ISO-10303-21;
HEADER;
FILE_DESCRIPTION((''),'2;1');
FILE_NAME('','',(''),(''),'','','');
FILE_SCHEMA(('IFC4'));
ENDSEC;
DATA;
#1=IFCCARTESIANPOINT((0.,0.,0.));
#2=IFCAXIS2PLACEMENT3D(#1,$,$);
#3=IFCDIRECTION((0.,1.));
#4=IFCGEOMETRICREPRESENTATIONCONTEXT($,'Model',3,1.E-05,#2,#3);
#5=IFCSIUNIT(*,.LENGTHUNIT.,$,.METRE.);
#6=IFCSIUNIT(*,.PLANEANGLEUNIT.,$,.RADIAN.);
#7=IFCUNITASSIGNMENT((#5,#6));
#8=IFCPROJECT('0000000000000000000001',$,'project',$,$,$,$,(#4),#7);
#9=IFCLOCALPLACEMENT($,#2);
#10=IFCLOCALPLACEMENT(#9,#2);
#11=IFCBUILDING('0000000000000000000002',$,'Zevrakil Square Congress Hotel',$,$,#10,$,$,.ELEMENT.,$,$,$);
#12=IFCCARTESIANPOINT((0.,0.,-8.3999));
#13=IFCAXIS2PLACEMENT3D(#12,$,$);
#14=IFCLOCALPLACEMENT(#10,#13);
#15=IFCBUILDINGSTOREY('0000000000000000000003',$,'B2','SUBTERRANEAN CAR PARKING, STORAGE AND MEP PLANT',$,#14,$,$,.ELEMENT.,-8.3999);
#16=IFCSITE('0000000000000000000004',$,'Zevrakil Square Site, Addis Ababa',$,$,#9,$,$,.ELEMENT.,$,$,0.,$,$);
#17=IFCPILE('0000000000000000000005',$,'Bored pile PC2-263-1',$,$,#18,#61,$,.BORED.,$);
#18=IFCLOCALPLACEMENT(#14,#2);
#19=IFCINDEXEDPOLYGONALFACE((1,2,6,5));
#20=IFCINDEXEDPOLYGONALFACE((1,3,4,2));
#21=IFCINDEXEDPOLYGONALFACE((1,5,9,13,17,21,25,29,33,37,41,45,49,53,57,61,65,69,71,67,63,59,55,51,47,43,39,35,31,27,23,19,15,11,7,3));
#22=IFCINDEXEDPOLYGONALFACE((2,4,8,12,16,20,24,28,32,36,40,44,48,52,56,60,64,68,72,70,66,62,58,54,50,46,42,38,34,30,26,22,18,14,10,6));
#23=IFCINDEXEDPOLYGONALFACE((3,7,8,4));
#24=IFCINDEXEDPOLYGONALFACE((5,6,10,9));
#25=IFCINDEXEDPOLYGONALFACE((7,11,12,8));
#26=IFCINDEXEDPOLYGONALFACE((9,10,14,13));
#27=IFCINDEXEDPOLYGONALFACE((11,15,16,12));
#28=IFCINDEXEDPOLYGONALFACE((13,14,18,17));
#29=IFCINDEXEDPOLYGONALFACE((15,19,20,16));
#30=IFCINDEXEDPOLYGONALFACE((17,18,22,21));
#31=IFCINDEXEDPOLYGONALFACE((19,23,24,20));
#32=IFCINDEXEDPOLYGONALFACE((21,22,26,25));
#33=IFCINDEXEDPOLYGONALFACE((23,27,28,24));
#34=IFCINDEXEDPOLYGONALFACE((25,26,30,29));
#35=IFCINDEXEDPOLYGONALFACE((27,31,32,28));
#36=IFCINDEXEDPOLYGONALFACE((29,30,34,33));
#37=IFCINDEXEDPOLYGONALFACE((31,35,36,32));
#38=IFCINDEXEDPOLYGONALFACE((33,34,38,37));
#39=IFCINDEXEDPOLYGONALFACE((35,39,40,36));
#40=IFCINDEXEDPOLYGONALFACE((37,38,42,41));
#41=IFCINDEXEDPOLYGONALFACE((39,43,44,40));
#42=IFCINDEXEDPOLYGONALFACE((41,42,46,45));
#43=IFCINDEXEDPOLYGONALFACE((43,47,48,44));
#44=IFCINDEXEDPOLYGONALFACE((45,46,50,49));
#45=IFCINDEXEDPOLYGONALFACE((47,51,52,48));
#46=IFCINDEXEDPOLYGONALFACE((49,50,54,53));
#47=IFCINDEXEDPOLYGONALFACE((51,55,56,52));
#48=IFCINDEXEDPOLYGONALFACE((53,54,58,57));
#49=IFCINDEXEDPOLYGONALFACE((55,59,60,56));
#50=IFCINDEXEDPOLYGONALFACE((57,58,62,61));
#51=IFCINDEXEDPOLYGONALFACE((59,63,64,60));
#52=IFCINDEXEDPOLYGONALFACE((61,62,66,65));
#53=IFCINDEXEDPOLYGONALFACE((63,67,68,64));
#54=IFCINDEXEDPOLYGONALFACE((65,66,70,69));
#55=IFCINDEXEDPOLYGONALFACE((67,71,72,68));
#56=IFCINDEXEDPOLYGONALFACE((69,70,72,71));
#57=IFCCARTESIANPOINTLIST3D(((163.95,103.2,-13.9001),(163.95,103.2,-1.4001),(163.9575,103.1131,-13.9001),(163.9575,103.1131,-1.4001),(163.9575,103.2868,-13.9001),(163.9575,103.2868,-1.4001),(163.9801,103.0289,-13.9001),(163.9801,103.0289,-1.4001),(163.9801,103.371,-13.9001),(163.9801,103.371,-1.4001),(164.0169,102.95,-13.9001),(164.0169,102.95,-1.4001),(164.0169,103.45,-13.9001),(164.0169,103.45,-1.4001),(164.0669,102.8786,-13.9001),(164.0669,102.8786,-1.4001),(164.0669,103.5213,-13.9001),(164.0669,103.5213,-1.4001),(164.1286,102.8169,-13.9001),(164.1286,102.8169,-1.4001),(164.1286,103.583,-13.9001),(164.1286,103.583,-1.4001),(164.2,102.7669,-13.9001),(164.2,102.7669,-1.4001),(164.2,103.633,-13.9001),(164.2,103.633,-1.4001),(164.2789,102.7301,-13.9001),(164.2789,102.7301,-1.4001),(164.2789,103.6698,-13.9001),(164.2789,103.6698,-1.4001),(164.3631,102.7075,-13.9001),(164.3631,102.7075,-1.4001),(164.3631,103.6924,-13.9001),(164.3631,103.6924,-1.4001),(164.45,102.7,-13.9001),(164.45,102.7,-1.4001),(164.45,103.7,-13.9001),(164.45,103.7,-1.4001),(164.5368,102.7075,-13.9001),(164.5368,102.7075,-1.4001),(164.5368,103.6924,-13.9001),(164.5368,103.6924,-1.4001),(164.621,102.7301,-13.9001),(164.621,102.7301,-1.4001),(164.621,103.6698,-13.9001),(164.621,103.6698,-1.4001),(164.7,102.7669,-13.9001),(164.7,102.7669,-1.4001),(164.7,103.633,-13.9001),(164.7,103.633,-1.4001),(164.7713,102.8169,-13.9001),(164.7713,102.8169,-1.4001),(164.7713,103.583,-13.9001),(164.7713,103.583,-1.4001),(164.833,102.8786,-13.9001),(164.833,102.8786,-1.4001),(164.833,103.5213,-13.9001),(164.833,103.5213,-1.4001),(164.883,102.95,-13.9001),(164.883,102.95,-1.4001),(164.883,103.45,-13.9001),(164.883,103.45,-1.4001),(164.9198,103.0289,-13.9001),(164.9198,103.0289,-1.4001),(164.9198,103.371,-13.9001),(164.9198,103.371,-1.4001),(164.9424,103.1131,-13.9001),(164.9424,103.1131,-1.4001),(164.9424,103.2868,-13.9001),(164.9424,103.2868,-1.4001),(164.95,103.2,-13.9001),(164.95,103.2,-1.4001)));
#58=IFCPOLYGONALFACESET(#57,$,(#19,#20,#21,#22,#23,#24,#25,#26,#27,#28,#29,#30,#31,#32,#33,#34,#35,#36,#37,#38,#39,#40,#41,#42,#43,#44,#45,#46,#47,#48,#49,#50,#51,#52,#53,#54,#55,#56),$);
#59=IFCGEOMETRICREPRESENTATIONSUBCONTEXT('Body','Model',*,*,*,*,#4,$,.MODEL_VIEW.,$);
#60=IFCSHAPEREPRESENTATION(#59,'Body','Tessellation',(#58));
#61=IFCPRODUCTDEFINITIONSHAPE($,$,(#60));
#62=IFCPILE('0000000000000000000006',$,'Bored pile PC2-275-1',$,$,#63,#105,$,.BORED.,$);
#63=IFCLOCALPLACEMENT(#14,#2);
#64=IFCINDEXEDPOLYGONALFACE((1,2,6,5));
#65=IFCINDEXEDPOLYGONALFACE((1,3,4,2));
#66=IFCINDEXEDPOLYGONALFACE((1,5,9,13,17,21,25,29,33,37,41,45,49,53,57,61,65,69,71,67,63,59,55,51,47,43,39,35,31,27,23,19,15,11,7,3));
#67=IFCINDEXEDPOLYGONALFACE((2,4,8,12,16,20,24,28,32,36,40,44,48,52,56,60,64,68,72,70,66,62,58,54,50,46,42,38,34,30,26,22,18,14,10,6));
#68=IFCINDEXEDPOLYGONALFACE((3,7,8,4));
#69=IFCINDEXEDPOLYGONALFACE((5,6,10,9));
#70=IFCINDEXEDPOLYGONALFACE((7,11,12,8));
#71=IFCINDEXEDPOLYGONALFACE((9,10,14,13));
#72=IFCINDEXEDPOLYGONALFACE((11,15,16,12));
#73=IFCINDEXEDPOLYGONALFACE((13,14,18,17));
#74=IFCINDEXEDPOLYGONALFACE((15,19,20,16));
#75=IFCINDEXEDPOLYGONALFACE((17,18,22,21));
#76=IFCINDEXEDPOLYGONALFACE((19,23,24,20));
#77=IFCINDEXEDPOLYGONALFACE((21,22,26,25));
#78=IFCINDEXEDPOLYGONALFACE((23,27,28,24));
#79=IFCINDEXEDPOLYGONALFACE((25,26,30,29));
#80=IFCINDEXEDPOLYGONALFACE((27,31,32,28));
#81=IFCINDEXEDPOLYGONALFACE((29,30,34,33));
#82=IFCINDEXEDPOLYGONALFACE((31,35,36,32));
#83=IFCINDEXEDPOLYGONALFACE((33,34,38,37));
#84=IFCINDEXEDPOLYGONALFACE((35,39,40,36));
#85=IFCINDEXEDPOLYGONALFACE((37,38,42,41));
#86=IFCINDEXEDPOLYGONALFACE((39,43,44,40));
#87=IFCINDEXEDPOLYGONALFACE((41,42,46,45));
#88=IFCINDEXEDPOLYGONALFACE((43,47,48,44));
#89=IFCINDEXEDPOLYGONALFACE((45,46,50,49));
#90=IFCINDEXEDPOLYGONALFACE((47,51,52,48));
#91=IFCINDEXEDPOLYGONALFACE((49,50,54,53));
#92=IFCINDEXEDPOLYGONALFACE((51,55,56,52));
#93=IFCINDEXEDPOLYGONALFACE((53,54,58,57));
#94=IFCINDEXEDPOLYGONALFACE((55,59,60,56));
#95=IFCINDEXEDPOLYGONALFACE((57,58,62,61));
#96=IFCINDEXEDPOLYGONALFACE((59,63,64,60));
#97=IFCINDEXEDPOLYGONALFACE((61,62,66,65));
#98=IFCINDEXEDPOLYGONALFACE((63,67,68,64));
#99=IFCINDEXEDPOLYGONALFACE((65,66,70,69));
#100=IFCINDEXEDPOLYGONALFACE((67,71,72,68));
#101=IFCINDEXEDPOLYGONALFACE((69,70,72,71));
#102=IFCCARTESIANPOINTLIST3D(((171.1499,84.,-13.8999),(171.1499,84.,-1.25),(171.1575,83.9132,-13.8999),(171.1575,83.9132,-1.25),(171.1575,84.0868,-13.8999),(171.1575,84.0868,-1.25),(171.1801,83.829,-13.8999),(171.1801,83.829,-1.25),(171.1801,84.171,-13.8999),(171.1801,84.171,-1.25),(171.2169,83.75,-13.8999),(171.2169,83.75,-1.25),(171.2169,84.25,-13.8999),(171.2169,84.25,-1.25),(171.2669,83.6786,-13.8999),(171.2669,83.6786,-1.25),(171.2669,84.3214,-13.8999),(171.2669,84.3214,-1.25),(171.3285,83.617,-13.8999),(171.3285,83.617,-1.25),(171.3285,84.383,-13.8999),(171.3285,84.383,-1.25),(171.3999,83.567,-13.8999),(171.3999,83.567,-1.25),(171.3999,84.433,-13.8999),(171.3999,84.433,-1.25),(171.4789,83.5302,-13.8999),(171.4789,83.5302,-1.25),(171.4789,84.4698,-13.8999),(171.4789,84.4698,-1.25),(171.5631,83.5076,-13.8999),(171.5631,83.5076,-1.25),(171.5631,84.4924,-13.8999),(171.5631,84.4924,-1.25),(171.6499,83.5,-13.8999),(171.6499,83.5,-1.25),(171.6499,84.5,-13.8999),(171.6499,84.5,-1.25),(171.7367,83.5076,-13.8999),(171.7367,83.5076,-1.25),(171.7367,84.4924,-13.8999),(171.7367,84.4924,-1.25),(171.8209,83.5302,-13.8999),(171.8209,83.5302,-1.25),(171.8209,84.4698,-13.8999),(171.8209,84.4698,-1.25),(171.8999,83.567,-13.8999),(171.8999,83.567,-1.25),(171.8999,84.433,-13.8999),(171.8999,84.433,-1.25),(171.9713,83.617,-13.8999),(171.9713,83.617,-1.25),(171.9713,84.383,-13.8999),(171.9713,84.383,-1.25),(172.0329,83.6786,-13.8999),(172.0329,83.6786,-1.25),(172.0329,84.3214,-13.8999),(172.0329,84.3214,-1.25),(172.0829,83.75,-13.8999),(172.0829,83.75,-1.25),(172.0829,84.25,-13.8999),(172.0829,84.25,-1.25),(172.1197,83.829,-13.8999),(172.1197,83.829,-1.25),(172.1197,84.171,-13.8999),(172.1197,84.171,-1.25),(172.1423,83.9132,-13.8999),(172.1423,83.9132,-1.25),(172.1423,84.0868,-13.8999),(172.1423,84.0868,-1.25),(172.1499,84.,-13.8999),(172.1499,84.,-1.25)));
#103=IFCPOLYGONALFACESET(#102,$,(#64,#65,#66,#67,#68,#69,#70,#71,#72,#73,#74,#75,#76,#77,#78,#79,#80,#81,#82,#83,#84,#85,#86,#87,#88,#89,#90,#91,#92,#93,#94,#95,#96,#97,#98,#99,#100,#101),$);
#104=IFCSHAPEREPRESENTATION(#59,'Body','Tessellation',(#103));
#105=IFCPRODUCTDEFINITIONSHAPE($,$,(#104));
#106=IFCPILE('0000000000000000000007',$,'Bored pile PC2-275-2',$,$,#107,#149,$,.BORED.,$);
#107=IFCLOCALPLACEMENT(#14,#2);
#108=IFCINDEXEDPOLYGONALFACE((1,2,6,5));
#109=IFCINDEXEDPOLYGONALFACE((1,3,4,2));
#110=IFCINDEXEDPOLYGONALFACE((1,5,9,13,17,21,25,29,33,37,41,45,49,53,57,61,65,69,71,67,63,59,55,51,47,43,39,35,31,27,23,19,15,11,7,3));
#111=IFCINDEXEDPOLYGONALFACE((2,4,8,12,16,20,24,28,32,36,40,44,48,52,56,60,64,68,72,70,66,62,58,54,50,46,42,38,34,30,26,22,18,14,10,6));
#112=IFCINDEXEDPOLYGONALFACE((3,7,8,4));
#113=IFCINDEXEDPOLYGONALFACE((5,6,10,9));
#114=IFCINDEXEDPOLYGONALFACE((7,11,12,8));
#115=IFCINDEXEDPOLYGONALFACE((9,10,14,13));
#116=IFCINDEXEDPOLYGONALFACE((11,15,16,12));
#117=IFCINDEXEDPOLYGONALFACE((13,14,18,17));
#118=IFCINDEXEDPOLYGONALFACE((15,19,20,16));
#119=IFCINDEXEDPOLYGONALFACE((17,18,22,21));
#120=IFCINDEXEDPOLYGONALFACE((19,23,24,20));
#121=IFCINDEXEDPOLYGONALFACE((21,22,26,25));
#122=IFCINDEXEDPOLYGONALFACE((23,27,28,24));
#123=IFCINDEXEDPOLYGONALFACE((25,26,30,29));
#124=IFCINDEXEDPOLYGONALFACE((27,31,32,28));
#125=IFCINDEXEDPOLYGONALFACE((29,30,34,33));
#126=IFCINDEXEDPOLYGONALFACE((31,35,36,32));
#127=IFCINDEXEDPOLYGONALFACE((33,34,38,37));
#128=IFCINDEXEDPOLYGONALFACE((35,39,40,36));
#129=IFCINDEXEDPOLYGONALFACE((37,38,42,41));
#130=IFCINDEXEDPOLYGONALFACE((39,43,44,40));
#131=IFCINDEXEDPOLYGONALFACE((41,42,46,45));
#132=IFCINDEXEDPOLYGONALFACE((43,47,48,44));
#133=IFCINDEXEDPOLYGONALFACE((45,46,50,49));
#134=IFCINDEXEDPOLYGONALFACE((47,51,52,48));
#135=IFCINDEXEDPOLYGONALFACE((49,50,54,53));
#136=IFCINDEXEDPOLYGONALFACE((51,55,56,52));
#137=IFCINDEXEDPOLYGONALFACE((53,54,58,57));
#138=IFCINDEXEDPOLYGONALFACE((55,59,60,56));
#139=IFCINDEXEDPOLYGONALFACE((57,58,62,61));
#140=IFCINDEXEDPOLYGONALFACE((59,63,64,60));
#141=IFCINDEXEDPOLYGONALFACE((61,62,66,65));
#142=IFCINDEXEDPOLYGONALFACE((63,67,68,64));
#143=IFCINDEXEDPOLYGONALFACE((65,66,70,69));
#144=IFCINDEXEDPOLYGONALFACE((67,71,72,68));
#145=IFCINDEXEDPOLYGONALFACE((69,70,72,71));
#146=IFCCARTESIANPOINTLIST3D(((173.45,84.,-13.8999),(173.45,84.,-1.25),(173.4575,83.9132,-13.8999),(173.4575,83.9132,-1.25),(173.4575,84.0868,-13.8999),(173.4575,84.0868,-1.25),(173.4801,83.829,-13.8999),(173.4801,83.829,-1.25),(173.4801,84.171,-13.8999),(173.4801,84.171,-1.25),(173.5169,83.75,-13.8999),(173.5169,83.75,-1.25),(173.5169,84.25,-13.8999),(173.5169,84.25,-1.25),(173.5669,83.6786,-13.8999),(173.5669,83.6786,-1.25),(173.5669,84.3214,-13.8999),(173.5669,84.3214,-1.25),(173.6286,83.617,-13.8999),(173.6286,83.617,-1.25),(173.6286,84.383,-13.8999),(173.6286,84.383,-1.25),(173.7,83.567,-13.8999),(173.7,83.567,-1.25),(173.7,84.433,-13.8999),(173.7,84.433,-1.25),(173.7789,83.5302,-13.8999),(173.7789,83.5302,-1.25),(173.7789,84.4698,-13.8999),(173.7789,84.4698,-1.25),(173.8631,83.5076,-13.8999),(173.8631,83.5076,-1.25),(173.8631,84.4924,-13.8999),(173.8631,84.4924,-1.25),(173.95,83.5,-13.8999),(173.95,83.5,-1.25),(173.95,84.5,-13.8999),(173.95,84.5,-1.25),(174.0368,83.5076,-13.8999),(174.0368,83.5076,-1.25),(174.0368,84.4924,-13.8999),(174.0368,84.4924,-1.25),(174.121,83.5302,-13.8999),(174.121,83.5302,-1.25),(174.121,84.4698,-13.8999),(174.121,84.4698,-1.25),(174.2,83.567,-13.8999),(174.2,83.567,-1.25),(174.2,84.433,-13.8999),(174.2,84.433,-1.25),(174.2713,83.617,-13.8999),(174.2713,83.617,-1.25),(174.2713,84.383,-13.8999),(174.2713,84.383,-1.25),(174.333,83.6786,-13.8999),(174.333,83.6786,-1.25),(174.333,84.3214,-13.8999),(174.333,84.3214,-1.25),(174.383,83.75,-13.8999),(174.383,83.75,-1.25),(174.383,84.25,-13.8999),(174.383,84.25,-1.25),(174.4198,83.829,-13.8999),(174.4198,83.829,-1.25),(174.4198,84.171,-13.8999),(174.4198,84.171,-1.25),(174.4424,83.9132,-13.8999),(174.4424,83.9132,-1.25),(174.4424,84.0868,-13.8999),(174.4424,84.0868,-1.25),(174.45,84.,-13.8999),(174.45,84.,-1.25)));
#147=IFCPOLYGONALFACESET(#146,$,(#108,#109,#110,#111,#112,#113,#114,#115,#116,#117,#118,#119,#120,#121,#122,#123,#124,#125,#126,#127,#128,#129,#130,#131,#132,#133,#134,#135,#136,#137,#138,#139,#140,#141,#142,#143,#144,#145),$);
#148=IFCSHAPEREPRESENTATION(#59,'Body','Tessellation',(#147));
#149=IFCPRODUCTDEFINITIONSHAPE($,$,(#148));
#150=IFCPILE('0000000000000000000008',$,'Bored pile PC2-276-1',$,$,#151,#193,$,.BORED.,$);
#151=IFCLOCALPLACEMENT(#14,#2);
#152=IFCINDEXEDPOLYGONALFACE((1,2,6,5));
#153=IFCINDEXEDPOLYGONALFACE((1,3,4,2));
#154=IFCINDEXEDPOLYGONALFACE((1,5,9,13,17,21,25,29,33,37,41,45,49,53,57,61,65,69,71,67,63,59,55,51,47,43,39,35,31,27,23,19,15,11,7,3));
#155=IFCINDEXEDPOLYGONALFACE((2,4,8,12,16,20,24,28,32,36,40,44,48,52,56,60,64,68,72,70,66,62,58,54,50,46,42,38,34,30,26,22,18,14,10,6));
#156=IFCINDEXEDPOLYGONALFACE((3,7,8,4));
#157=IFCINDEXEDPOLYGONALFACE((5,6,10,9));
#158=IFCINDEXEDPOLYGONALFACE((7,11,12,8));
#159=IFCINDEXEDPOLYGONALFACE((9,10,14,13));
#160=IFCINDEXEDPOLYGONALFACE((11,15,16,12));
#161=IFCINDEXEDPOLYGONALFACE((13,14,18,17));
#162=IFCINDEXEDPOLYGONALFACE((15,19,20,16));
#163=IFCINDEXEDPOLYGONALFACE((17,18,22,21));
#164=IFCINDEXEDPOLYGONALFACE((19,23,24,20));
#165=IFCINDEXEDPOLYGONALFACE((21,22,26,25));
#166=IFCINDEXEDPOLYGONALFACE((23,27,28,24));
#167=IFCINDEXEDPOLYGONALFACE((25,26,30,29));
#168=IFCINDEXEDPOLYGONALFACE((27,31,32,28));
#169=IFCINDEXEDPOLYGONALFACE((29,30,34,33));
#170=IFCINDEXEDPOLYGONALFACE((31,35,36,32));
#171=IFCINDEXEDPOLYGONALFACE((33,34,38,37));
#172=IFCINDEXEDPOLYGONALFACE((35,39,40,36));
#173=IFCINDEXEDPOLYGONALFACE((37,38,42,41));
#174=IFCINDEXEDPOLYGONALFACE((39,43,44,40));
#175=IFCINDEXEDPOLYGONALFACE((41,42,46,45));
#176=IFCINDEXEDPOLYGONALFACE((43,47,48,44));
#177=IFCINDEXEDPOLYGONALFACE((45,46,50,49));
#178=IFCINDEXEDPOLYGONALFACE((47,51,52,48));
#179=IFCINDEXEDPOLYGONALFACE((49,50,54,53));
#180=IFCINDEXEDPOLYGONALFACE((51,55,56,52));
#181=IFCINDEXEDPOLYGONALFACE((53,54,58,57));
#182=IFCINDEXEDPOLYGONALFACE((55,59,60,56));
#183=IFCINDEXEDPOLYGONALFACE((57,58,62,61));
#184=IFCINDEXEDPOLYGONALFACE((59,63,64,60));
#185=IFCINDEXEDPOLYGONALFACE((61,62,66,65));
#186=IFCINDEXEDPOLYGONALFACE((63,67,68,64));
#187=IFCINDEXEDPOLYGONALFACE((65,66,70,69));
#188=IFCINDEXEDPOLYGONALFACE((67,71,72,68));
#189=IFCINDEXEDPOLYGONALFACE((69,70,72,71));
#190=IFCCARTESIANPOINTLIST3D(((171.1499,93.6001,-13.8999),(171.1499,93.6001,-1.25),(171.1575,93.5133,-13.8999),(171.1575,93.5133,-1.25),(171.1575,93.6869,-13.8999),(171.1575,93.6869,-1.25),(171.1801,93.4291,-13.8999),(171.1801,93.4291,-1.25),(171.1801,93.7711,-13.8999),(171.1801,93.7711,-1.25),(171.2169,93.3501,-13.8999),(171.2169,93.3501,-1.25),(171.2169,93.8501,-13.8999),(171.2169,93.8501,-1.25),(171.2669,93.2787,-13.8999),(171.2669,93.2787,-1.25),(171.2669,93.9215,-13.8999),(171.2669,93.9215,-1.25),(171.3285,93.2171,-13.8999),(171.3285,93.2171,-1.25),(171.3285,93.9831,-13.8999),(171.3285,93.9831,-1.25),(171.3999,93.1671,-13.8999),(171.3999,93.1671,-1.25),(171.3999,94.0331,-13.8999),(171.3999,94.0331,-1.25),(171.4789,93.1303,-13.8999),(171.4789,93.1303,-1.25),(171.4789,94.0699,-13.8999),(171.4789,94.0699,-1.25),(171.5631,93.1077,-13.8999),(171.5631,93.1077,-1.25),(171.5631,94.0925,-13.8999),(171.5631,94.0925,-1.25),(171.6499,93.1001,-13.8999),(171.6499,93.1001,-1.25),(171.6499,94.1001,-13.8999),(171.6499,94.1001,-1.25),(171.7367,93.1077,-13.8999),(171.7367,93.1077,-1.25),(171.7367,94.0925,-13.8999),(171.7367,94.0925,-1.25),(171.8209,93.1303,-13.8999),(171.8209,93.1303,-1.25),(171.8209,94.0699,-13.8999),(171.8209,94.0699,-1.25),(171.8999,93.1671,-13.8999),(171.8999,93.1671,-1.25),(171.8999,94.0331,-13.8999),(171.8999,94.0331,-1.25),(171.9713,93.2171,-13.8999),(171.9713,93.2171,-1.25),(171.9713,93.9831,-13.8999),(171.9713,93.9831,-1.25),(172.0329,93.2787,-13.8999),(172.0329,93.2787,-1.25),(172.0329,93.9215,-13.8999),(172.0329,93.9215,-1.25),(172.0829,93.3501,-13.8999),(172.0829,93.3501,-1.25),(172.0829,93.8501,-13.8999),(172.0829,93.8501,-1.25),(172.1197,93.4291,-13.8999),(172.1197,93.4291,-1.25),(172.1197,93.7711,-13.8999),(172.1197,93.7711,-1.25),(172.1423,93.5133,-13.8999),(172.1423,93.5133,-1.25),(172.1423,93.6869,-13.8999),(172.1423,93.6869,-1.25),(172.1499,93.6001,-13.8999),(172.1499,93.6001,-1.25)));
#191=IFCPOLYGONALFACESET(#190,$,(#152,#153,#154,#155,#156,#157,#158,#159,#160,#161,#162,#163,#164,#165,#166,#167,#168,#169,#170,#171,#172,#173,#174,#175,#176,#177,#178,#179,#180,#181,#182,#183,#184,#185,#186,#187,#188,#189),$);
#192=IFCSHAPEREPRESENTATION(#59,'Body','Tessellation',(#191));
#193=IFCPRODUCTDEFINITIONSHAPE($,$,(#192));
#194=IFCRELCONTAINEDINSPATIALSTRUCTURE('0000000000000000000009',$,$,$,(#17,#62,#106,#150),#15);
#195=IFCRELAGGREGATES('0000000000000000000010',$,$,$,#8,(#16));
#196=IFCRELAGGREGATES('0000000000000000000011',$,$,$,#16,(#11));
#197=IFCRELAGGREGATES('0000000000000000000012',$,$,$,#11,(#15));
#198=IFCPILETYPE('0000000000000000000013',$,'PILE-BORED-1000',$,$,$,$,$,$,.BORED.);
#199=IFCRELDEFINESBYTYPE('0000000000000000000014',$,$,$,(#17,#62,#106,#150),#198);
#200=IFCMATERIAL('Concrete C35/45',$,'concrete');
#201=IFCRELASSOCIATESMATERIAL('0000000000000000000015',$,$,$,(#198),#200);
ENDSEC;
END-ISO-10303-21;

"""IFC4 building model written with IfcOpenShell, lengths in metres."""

from ifc_helpers import new_model, si_unit, direction, frame, origin, origin_2d, place, context, subcontext, project, spatial, circle, extrude, material, material_profile, profile_set, type_object, element, save


model = new_model("IFC4")

# Units and contexts
model_context = context("Model", 3, precision=1e-05, world=origin(), true_north=direction((0.0, 1.0)))
body_context = subcontext(model_context, "Body", "Model", "MODEL_VIEW")
ifc_project = project(units=[si_unit("LENGTHUNIT", "METRE"), si_unit("PLANEANGLEUNIT", "RADIAN")], contexts=[model_context])

# Site, building, storey
site_placement = place(None, origin())
site = spatial("IfcSite", under=ifc_project, at=site_placement, Name="Zevrakil Square Site, Addis Ababa", CompositionType="ELEMENT", RefElevation=0.0)
building_placement = place(site_placement, origin())
building = spatial("IfcBuilding", under=site, at=building_placement, Name="Zevrakil Square Congress Hotel", CompositionType="ELEMENT")
storey_placement = place(building_placement, frame((0.0, 0.0, -8.3999)))
storey = spatial("IfcBuildingStorey", under=building, at=storey_placement, Name="B2", Description="SUBTERRANEAN CAR PARKING, STORAGE AND MEP PLANT", CompositionType="ELEMENT", Elevation=-8.3999)

# Piles
ifc_material_1 = material(Name="Concrete C35/45", Category="concrete")
ifc_material_profile_1 = material_profile(ifc_material_1, circle(Radius=0.5, at=origin_2d()), Name="PILE D1000")
ifc_profile_set_1 = profile_set([ifc_material_profile_1], Name="Concrete C35/45")
pile_type = type_object("IfcPileType", Name="PILE-BORED-1000", PredefinedType="BORED", material=ifc_profile_set_1)
for number, where, z_axis, x_axis, name in (
    (1, (164.45, 103.2, -1.4001), (0.0, 0.0, -1.0), (1.0, 0.0, 0.0), "Bored pile PC2-263-1"),
):
    element("IfcPile", number, at=place(storey_placement, frame(where, z_axis=z_axis, x_axis=x_axis)), inside=storey, type_object=pile_type, Name=name, PredefinedType="BORED", context=body_context, shape_type="SweptSolid", body=[
        extrude(circle(Radius=0.5, at=origin_2d()), origin(), (0.0, 0.0, 1.0), 12.5),
    ])
for number, where, z_axis, x_axis, name in (
    (2, (171.6499, 84.0, -1.25), (0.0, 0.0, -1.0), (1.0, 0.0, 0.0), "Bored pile PC2-275-1"),
    (3, (173.95, 84.0, -1.25), (0.0, 0.0, -1.0), (1.0, 0.0, 0.0), "Bored pile PC2-275-2"),
    (4, (171.6499, 93.6001, -1.25), (0.0, 0.0, -1.0), (1.0, 0.0, 0.0), "Bored pile PC2-276-1"),
):
    element("IfcPile", number, at=place(storey_placement, frame(where, z_axis=z_axis, x_axis=x_axis)), inside=storey, type_object=pile_type, Name=name, PredefinedType="BORED", context=body_context, shape_type="SweptSolid", body=[
        extrude(circle(Radius=0.5, at=origin_2d()), origin(), (0.0, 0.0, 1.0), 12.6499),
    ])

save(model, "model.ifc")
